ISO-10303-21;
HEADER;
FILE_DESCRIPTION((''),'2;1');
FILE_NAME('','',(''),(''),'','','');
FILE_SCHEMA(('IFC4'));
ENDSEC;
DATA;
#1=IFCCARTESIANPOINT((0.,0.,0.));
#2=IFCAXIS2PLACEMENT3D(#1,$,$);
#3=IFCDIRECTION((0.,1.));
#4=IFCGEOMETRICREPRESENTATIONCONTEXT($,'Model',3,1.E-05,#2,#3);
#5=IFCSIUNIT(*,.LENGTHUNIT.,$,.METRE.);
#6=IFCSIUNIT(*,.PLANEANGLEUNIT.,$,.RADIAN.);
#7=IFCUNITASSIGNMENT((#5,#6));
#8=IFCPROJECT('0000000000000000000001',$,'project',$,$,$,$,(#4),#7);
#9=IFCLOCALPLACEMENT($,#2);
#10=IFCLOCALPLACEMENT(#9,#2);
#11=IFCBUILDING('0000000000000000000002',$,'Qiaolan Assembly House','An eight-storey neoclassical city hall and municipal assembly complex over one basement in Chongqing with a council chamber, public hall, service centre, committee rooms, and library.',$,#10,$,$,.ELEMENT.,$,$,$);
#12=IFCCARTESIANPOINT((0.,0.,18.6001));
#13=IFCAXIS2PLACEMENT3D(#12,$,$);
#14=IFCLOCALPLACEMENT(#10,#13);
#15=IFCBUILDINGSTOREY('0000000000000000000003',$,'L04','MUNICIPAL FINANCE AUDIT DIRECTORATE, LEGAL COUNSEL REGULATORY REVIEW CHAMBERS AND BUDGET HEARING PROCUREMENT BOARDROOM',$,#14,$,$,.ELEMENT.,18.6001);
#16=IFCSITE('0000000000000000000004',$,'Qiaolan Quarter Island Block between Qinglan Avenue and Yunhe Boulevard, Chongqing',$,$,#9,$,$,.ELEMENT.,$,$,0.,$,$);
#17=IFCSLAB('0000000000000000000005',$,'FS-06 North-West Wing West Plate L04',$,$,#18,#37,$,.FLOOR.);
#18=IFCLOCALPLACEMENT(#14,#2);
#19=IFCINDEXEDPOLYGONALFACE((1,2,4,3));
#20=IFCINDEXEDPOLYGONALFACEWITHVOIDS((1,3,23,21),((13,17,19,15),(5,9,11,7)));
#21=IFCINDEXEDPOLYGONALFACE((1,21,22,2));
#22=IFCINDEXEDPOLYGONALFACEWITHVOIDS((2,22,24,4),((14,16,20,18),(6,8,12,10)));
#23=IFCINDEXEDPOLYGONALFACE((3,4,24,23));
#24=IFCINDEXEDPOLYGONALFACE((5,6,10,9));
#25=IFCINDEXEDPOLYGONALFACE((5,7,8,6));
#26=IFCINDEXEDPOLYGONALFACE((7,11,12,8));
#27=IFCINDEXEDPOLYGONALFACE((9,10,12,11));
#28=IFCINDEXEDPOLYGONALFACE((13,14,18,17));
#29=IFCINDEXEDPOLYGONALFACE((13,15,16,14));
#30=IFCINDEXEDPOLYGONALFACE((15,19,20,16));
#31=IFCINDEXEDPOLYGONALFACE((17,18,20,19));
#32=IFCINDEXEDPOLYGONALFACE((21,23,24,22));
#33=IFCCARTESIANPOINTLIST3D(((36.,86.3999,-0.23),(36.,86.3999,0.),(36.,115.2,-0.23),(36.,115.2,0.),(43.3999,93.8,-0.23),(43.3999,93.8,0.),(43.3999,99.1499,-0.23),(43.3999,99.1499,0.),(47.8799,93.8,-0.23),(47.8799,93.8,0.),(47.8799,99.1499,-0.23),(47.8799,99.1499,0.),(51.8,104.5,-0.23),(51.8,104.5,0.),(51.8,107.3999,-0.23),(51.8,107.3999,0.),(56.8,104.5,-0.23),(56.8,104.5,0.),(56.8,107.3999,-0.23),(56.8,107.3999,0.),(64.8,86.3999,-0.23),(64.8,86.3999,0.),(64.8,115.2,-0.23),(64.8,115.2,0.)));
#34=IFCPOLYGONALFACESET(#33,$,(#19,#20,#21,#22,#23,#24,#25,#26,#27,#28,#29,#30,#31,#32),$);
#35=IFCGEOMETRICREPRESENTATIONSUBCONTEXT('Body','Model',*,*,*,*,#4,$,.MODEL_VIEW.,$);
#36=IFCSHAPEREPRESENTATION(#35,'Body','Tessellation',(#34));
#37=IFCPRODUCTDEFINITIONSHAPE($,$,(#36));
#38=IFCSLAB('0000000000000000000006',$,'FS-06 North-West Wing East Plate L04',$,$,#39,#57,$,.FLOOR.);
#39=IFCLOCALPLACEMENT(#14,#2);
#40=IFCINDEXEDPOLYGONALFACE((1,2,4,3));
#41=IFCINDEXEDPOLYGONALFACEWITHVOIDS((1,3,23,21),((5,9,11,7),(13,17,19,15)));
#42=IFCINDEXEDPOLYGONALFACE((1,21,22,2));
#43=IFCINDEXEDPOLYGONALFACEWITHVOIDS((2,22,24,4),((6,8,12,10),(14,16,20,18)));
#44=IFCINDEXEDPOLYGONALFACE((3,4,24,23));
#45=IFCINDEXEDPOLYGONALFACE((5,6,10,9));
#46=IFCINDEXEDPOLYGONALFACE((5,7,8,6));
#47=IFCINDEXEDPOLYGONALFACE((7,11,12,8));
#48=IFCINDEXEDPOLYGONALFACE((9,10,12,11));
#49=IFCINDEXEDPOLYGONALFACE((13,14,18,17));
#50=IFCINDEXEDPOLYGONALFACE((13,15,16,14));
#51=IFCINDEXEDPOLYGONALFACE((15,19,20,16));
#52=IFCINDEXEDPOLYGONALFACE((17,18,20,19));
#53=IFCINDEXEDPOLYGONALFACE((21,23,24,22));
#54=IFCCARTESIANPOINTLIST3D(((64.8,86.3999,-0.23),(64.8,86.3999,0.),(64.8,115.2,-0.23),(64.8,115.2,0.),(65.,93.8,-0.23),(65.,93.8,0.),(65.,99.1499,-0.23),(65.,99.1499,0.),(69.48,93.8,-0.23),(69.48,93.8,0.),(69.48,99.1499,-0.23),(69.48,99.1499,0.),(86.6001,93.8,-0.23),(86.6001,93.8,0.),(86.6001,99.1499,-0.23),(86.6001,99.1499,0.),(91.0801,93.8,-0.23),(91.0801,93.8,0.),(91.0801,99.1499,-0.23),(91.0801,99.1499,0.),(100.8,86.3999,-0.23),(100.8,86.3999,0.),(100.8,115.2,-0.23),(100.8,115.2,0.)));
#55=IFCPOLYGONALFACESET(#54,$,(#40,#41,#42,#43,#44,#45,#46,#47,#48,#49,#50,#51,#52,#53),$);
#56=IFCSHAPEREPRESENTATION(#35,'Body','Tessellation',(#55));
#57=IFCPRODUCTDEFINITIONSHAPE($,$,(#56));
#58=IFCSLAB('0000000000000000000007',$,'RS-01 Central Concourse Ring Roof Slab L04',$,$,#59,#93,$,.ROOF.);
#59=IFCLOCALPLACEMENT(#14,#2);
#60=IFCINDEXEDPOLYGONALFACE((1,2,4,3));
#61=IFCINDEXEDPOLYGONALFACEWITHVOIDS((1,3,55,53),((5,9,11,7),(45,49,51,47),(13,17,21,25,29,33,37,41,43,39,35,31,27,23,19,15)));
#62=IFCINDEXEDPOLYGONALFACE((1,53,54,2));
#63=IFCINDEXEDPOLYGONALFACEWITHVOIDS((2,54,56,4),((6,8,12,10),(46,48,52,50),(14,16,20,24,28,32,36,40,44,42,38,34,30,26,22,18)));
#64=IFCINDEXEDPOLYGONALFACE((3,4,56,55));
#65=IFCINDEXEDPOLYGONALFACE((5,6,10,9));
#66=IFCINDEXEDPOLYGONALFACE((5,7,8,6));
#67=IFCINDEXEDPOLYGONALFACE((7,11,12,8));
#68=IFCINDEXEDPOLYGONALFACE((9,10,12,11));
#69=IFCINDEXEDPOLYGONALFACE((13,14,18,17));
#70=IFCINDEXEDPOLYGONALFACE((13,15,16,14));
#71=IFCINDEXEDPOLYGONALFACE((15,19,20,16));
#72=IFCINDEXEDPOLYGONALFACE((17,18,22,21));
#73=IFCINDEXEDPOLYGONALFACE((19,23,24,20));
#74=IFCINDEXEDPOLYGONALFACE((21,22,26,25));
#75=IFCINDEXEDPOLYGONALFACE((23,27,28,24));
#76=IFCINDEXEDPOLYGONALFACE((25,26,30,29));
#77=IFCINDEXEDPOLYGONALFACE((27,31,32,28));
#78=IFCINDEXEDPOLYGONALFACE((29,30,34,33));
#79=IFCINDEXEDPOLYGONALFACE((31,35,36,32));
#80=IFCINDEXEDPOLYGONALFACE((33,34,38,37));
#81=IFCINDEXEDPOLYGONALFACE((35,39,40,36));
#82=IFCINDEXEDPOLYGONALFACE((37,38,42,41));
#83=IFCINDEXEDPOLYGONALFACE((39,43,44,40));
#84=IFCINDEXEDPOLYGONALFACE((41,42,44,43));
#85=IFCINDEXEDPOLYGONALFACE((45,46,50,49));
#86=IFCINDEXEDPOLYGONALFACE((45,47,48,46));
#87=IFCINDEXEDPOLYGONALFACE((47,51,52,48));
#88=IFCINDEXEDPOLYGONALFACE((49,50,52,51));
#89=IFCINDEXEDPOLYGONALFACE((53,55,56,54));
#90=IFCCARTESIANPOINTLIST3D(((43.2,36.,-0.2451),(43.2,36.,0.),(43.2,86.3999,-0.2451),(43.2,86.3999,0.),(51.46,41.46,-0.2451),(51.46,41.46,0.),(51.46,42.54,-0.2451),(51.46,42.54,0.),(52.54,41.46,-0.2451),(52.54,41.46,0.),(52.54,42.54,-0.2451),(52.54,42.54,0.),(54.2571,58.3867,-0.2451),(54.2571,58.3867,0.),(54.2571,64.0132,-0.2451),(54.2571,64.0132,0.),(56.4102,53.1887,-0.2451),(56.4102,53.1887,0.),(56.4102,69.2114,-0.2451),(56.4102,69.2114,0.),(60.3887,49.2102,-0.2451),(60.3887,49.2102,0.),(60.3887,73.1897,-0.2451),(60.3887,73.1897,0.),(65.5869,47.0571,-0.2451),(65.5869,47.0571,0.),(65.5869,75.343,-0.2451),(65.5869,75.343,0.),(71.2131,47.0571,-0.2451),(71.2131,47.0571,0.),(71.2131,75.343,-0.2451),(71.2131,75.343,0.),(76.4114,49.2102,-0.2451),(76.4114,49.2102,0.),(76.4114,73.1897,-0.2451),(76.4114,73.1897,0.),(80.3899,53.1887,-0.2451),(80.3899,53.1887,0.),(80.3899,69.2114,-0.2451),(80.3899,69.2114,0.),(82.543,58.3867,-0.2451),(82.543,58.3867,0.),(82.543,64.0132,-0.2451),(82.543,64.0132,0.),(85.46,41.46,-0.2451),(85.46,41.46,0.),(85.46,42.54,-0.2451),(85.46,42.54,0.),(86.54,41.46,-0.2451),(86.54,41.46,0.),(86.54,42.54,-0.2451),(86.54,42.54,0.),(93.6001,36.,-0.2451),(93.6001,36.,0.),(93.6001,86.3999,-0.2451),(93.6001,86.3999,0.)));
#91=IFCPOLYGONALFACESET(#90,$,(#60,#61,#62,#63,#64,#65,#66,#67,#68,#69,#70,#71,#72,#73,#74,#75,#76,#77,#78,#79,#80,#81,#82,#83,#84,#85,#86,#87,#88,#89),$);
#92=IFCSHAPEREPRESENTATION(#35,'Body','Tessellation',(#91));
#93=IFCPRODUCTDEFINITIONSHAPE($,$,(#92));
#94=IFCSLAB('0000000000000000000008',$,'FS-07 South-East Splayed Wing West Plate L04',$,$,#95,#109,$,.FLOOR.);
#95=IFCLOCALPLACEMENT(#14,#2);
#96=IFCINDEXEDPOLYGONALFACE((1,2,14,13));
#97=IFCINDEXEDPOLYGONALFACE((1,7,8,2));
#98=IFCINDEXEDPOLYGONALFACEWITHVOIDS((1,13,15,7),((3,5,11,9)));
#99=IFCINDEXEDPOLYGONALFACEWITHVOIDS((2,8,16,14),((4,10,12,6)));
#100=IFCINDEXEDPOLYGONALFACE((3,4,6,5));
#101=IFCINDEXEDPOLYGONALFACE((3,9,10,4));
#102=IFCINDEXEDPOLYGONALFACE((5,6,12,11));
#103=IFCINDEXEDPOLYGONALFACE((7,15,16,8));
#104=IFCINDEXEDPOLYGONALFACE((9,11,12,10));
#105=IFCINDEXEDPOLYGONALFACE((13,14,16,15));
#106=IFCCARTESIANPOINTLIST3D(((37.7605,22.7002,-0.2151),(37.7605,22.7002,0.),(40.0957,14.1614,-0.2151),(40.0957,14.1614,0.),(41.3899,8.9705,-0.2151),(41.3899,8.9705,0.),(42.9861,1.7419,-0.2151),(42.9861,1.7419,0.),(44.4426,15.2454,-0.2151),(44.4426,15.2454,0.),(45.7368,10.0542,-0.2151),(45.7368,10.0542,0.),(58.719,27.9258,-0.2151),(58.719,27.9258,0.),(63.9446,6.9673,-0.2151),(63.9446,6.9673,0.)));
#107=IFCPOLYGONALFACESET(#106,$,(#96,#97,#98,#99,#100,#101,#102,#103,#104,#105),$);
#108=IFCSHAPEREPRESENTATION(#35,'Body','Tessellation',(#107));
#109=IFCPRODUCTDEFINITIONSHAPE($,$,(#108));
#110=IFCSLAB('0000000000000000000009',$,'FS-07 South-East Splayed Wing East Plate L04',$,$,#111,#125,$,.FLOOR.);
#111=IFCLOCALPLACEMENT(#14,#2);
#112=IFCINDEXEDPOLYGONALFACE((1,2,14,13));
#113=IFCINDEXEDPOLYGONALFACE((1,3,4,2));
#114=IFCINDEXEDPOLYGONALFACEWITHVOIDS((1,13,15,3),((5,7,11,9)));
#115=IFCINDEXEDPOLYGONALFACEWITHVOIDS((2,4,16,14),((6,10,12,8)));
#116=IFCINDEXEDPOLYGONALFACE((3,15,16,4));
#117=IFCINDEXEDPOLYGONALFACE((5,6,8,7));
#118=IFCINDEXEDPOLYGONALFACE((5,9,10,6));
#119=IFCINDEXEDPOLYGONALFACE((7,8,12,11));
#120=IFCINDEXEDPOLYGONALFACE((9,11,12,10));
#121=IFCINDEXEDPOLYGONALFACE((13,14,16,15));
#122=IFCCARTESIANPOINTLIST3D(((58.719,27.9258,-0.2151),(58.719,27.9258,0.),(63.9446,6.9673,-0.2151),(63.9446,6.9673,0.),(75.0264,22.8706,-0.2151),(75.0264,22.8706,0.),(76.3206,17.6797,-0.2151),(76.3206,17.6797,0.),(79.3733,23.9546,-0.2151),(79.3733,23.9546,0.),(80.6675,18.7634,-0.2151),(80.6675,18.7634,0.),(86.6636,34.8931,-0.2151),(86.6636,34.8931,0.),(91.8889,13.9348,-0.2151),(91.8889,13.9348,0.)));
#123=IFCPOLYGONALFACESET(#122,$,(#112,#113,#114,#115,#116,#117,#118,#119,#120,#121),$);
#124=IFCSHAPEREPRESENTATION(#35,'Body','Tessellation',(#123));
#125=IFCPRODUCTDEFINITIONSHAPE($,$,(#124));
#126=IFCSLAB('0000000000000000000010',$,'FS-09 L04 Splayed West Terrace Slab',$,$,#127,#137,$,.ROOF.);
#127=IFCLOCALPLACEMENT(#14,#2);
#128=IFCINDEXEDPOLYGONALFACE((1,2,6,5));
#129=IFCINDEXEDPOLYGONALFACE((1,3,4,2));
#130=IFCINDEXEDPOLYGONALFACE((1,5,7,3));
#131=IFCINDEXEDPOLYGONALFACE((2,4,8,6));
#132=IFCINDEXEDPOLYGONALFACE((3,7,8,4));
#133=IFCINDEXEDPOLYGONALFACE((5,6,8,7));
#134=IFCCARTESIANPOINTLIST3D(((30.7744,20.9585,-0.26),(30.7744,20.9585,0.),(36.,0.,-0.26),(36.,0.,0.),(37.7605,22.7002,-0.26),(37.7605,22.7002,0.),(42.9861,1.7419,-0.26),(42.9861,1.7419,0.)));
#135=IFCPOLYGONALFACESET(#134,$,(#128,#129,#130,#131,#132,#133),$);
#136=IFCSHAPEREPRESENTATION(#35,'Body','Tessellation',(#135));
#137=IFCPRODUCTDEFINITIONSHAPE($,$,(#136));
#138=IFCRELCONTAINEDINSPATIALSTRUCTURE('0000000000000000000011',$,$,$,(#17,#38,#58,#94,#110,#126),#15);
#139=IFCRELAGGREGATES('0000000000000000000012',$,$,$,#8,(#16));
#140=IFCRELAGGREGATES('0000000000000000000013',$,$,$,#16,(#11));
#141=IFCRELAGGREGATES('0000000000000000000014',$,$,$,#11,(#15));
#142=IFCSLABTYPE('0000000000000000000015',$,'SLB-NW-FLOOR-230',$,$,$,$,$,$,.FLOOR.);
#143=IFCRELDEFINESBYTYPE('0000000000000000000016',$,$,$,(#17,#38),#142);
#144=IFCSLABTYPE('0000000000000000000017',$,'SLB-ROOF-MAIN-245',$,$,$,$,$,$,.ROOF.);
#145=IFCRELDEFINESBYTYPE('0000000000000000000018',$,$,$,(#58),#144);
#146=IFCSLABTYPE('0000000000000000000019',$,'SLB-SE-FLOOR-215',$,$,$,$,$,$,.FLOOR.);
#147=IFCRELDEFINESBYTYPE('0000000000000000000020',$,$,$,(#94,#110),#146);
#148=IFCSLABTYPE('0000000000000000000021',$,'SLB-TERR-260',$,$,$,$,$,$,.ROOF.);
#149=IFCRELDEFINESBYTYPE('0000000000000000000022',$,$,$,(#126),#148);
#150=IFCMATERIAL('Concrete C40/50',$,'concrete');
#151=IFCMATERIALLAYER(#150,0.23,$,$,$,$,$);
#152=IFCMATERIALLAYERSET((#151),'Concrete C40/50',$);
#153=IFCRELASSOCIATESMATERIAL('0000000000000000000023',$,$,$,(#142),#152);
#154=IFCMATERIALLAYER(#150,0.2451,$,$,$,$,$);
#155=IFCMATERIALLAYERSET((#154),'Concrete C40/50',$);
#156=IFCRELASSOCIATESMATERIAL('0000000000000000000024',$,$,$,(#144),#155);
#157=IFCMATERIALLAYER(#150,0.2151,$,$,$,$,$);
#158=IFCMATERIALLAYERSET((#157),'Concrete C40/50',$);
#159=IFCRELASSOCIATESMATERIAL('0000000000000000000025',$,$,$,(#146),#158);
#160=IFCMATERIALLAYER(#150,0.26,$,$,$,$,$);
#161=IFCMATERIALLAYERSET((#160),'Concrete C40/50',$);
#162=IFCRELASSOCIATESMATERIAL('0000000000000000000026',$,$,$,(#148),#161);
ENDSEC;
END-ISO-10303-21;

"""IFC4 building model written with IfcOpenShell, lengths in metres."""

from ifc_helpers import new_model, si_unit, direction, frame, origin, origin_2d, place, context, subcontext, project, spatial, polyline, rectangle, outline, extrude, material, layer, layer_set, type_object, element, save


model = new_model("IFC4")

# Units and contexts
model_context = context("Model", 3, precision=1e-05, world=origin(), true_north=direction((0.0, 1.0)))
body_context = subcontext(model_context, "Body", "Model", "MODEL_VIEW")
ifc_project = project(units=[si_unit("LENGTHUNIT", "METRE"), si_unit("PLANEANGLEUNIT", "RADIAN")], contexts=[model_context])

# Site, building, storey
site_placement = place(None, origin())
site = spatial("IfcSite", under=ifc_project, at=site_placement, Name="Qiaolan Quarter Island Block between Qinglan Avenue and Yunhe Boulevard, Chongqing", CompositionType="ELEMENT", RefElevation=0.0)
building_placement = place(site_placement, origin())
building = spatial("IfcBuilding", under=site, at=building_placement, Name="Qiaolan Assembly House", Description="An eight-storey neoclassical city hall and municipal assembly complex over one basement in Chongqing with a council chamber, public hall, service centre, committee rooms, and library.", CompositionType="ELEMENT")
storey_placement = place(building_placement, frame((0.0, 0.0, 18.6001)))
storey = spatial("IfcBuildingStorey", under=building, at=storey_placement, Name="L04", Description="MUNICIPAL FINANCE AUDIT DIRECTORATE, LEGAL COUNSEL REGULATORY REVIEW CHAMBERS AND BUDGET HEARING PROCUREMENT BOARDROOM", CompositionType="ELEMENT", Elevation=18.6001)

# Slabs
ifc_material_1 = material(Name="Concrete C40/50", Category="concrete")
ifc_layer_1 = layer(ifc_material_1, 0.23)
ifc_layer_set_1 = layer_set([ifc_layer_1], Name="Concrete C40/50")
slab_type_1 = type_object("IfcSlabType", Name="SLB-NW-FLOOR-230", PredefinedType="FLOOR", material=ifc_layer_set_1)
slab_1_placement = place(storey_placement, frame((0.0, 0.0, -0.23)))
element("IfcSlab", 1, at=slab_1_placement, inside=storey, type_object=slab_type_1, Name="FS-06 North-West Wing West Plate L04", PredefinedType="FLOOR", context=body_context, shape_type="SweptSolid", body=[
    extrude(outline(polyline([(36.0, 86.3999), (64.8, 86.3999), (64.8, 115.2), (36.0, 115.2), (36.0, 86.3999)]), holes=[polyline([(43.3999, 93.8), (43.3999, 99.1499), (47.8799, 99.1499), (47.8799, 93.8), (43.3999, 93.8)]), polyline([(51.8, 104.5), (51.8, 107.3999), (56.8, 107.3999), (56.8, 104.5), (51.8, 104.5)])]), origin(), (0.0, 0.0, 1.0), 0.23),
])
slab_2_placement = place(storey_placement, frame((0.0, 0.0, -0.23)))
element("IfcSlab", 2, at=slab_2_placement, inside=storey, type_object=slab_type_1, Name="FS-06 North-West Wing East Plate L04", PredefinedType="FLOOR", context=body_context, shape_type="SweptSolid", body=[
    extrude(outline(polyline([(64.8, 86.3999), (100.8, 86.3999), (100.8, 115.2), (64.8, 115.2), (64.8, 86.3999)]), holes=[polyline([(65.0, 93.8), (65.0, 99.1499), (69.48, 99.1499), (69.48, 93.8), (65.0, 93.8)]), polyline([(86.6001, 93.8), (86.6001, 99.1499), (91.0801, 99.1499), (91.0801, 93.8), (86.6001, 93.8)])]), origin(), (0.0, 0.0, 1.0), 0.23),
])

# Slab, openings
ifc_layer_2 = layer(ifc_material_1, 0.2451)
ifc_layer_set_2 = layer_set([ifc_layer_2], Name="Concrete C40/50")
slab_type_2 = type_object("IfcSlabType", Name="SLB-ROOF-MAIN-245", PredefinedType="ROOF", material=ifc_layer_set_2)
slab_3_placement = place(storey_placement, frame((0.0, 0.0, -0.2451)))
slab_3 = element("IfcSlab", 3, at=slab_3_placement, inside=storey, type_object=slab_type_2, Name="RS-01 Central Concourse Ring Roof Slab L04", PredefinedType="ROOF", context=body_context, shape_type="SweptSolid", body=[
    extrude(outline(polyline([(43.2, 36.0), (93.6001, 36.0), (93.6001, 86.3999), (43.2, 86.3999), (43.2, 36.0)]), holes=[polyline([(82.543, 58.3867), (80.3899, 53.1887), (76.4114, 49.2102), (71.2131, 47.0571), (65.5869, 47.0571), (60.3887, 49.2102), (56.4102, 53.1887), (54.2571, 58.3867), (54.2571, 64.0132), (56.4102, 69.2114), (60.3887, 73.1897), (65.5869, 75.343), (71.2131, 75.343), (76.4114, 73.1897), (80.3899, 69.2114), (82.543, 64.0132), (82.543, 58.3867)]), polyline([(51.46, 41.46), (51.46, 42.54), (52.54, 42.54), (52.54, 41.46), (51.46, 41.46)]), polyline([(85.46, 41.46), (85.46, 42.54), (86.54, 42.54), (86.54, 41.46), (85.46, 41.46)])]), origin(), (0.0, 0.0, 1.0), 0.2451),
])
opening_1_placement = place(storey_placement, frame((52.0, 42.0, -0.25)))
element("IfcOpeningElement", 4, at=opening_1_placement, cuts=slab_3, PredefinedType="OPENING", context=body_context, shape_type="SweptSolid", body=[
    extrude(rectangle(XDim=1.08, YDim=1.08, at=origin_2d()), frame((0.0, 0.0, -0.05)), (0.0, 0.0, 1.0), 0.3501),
])
opening_2_placement = place(storey_placement, frame((86.0, 42.0, -0.25)))
element("IfcOpeningElement", 5, at=opening_2_placement, cuts=slab_3, PredefinedType="OPENING", context=body_context, shape_type="SweptSolid", body=[
    extrude(rectangle(XDim=1.08, YDim=1.08, at=origin_2d()), frame((0.0, 0.0, -0.05)), (0.0, 0.0, 1.0), 0.3501),
])

# Slabs
ifc_layer_3 = layer(ifc_material_1, 0.2151)
ifc_layer_set_3 = layer_set([ifc_layer_3], Name="Concrete C40/50")
slab_type_3 = type_object("IfcSlabType", Name="SLB-SE-FLOOR-215", PredefinedType="FLOOR", material=ifc_layer_set_3)
slab_4_placement = place(storey_placement, frame((0.0, 0.0, -0.2151)))
element("IfcSlab", 6, at=slab_4_placement, inside=storey, type_object=slab_type_3, Name="FS-07 South-East Splayed Wing West Plate L04", PredefinedType="FLOOR", context=body_context, shape_type="SweptSolid", body=[
    extrude(outline(polyline([(42.9861, 1.7419), (63.9446, 6.9673), (58.719, 27.9258), (37.7605, 22.7002), (42.9861, 1.7419)]), holes=[polyline([(40.0957, 14.1614), (44.4426, 15.2454), (45.7368, 10.0542), (41.3899, 8.9705), (40.0957, 14.1614)])]), origin(), (0.0, 0.0, 1.0), 0.2151),
])
slab_5_placement = place(storey_placement, frame((0.0, 0.0, -0.2151)))
element("IfcSlab", 7, at=slab_5_placement, inside=storey, type_object=slab_type_3, Name="FS-07 South-East Splayed Wing East Plate L04", PredefinedType="FLOOR", context=body_context, shape_type="SweptSolid", body=[
    extrude(outline(polyline([(63.9446, 6.9673), (91.8889, 13.9348), (86.6636, 34.8931), (58.719, 27.9258), (63.9446, 6.9673)]), holes=[polyline([(75.0264, 22.8706), (79.3733, 23.9546), (80.6675, 18.7634), (76.3206, 17.6797), (75.0264, 22.8706)])]), origin(), (0.0, 0.0, 1.0), 0.2151),
])
ifc_layer_4 = layer(ifc_material_1, 0.26)
ifc_layer_set_4 = layer_set([ifc_layer_4], Name="Concrete C40/50")
slab_type_4 = type_object("IfcSlabType", Name="SLB-TERR-260", PredefinedType="ROOF", material=ifc_layer_set_4)
slab_6_placement = place(storey_placement, frame((0.0, 0.0, -0.26)))
element("IfcSlab", 8, at=slab_6_placement, inside=storey, type_object=slab_type_4, Name="FS-09 L04 Splayed West Terrace Slab", PredefinedType="ROOF", context=body_context, shape_type="SweptSolid", body=[
    extrude(outline(polyline([(36.0, 0.0), (42.9861, 1.7419), (37.7605, 22.7002), (30.7744, 20.9585), (36.0, 0.0)])), origin(), (0.0, 0.0, 1.0), 0.26),
])

save(model, "model.ifc")
